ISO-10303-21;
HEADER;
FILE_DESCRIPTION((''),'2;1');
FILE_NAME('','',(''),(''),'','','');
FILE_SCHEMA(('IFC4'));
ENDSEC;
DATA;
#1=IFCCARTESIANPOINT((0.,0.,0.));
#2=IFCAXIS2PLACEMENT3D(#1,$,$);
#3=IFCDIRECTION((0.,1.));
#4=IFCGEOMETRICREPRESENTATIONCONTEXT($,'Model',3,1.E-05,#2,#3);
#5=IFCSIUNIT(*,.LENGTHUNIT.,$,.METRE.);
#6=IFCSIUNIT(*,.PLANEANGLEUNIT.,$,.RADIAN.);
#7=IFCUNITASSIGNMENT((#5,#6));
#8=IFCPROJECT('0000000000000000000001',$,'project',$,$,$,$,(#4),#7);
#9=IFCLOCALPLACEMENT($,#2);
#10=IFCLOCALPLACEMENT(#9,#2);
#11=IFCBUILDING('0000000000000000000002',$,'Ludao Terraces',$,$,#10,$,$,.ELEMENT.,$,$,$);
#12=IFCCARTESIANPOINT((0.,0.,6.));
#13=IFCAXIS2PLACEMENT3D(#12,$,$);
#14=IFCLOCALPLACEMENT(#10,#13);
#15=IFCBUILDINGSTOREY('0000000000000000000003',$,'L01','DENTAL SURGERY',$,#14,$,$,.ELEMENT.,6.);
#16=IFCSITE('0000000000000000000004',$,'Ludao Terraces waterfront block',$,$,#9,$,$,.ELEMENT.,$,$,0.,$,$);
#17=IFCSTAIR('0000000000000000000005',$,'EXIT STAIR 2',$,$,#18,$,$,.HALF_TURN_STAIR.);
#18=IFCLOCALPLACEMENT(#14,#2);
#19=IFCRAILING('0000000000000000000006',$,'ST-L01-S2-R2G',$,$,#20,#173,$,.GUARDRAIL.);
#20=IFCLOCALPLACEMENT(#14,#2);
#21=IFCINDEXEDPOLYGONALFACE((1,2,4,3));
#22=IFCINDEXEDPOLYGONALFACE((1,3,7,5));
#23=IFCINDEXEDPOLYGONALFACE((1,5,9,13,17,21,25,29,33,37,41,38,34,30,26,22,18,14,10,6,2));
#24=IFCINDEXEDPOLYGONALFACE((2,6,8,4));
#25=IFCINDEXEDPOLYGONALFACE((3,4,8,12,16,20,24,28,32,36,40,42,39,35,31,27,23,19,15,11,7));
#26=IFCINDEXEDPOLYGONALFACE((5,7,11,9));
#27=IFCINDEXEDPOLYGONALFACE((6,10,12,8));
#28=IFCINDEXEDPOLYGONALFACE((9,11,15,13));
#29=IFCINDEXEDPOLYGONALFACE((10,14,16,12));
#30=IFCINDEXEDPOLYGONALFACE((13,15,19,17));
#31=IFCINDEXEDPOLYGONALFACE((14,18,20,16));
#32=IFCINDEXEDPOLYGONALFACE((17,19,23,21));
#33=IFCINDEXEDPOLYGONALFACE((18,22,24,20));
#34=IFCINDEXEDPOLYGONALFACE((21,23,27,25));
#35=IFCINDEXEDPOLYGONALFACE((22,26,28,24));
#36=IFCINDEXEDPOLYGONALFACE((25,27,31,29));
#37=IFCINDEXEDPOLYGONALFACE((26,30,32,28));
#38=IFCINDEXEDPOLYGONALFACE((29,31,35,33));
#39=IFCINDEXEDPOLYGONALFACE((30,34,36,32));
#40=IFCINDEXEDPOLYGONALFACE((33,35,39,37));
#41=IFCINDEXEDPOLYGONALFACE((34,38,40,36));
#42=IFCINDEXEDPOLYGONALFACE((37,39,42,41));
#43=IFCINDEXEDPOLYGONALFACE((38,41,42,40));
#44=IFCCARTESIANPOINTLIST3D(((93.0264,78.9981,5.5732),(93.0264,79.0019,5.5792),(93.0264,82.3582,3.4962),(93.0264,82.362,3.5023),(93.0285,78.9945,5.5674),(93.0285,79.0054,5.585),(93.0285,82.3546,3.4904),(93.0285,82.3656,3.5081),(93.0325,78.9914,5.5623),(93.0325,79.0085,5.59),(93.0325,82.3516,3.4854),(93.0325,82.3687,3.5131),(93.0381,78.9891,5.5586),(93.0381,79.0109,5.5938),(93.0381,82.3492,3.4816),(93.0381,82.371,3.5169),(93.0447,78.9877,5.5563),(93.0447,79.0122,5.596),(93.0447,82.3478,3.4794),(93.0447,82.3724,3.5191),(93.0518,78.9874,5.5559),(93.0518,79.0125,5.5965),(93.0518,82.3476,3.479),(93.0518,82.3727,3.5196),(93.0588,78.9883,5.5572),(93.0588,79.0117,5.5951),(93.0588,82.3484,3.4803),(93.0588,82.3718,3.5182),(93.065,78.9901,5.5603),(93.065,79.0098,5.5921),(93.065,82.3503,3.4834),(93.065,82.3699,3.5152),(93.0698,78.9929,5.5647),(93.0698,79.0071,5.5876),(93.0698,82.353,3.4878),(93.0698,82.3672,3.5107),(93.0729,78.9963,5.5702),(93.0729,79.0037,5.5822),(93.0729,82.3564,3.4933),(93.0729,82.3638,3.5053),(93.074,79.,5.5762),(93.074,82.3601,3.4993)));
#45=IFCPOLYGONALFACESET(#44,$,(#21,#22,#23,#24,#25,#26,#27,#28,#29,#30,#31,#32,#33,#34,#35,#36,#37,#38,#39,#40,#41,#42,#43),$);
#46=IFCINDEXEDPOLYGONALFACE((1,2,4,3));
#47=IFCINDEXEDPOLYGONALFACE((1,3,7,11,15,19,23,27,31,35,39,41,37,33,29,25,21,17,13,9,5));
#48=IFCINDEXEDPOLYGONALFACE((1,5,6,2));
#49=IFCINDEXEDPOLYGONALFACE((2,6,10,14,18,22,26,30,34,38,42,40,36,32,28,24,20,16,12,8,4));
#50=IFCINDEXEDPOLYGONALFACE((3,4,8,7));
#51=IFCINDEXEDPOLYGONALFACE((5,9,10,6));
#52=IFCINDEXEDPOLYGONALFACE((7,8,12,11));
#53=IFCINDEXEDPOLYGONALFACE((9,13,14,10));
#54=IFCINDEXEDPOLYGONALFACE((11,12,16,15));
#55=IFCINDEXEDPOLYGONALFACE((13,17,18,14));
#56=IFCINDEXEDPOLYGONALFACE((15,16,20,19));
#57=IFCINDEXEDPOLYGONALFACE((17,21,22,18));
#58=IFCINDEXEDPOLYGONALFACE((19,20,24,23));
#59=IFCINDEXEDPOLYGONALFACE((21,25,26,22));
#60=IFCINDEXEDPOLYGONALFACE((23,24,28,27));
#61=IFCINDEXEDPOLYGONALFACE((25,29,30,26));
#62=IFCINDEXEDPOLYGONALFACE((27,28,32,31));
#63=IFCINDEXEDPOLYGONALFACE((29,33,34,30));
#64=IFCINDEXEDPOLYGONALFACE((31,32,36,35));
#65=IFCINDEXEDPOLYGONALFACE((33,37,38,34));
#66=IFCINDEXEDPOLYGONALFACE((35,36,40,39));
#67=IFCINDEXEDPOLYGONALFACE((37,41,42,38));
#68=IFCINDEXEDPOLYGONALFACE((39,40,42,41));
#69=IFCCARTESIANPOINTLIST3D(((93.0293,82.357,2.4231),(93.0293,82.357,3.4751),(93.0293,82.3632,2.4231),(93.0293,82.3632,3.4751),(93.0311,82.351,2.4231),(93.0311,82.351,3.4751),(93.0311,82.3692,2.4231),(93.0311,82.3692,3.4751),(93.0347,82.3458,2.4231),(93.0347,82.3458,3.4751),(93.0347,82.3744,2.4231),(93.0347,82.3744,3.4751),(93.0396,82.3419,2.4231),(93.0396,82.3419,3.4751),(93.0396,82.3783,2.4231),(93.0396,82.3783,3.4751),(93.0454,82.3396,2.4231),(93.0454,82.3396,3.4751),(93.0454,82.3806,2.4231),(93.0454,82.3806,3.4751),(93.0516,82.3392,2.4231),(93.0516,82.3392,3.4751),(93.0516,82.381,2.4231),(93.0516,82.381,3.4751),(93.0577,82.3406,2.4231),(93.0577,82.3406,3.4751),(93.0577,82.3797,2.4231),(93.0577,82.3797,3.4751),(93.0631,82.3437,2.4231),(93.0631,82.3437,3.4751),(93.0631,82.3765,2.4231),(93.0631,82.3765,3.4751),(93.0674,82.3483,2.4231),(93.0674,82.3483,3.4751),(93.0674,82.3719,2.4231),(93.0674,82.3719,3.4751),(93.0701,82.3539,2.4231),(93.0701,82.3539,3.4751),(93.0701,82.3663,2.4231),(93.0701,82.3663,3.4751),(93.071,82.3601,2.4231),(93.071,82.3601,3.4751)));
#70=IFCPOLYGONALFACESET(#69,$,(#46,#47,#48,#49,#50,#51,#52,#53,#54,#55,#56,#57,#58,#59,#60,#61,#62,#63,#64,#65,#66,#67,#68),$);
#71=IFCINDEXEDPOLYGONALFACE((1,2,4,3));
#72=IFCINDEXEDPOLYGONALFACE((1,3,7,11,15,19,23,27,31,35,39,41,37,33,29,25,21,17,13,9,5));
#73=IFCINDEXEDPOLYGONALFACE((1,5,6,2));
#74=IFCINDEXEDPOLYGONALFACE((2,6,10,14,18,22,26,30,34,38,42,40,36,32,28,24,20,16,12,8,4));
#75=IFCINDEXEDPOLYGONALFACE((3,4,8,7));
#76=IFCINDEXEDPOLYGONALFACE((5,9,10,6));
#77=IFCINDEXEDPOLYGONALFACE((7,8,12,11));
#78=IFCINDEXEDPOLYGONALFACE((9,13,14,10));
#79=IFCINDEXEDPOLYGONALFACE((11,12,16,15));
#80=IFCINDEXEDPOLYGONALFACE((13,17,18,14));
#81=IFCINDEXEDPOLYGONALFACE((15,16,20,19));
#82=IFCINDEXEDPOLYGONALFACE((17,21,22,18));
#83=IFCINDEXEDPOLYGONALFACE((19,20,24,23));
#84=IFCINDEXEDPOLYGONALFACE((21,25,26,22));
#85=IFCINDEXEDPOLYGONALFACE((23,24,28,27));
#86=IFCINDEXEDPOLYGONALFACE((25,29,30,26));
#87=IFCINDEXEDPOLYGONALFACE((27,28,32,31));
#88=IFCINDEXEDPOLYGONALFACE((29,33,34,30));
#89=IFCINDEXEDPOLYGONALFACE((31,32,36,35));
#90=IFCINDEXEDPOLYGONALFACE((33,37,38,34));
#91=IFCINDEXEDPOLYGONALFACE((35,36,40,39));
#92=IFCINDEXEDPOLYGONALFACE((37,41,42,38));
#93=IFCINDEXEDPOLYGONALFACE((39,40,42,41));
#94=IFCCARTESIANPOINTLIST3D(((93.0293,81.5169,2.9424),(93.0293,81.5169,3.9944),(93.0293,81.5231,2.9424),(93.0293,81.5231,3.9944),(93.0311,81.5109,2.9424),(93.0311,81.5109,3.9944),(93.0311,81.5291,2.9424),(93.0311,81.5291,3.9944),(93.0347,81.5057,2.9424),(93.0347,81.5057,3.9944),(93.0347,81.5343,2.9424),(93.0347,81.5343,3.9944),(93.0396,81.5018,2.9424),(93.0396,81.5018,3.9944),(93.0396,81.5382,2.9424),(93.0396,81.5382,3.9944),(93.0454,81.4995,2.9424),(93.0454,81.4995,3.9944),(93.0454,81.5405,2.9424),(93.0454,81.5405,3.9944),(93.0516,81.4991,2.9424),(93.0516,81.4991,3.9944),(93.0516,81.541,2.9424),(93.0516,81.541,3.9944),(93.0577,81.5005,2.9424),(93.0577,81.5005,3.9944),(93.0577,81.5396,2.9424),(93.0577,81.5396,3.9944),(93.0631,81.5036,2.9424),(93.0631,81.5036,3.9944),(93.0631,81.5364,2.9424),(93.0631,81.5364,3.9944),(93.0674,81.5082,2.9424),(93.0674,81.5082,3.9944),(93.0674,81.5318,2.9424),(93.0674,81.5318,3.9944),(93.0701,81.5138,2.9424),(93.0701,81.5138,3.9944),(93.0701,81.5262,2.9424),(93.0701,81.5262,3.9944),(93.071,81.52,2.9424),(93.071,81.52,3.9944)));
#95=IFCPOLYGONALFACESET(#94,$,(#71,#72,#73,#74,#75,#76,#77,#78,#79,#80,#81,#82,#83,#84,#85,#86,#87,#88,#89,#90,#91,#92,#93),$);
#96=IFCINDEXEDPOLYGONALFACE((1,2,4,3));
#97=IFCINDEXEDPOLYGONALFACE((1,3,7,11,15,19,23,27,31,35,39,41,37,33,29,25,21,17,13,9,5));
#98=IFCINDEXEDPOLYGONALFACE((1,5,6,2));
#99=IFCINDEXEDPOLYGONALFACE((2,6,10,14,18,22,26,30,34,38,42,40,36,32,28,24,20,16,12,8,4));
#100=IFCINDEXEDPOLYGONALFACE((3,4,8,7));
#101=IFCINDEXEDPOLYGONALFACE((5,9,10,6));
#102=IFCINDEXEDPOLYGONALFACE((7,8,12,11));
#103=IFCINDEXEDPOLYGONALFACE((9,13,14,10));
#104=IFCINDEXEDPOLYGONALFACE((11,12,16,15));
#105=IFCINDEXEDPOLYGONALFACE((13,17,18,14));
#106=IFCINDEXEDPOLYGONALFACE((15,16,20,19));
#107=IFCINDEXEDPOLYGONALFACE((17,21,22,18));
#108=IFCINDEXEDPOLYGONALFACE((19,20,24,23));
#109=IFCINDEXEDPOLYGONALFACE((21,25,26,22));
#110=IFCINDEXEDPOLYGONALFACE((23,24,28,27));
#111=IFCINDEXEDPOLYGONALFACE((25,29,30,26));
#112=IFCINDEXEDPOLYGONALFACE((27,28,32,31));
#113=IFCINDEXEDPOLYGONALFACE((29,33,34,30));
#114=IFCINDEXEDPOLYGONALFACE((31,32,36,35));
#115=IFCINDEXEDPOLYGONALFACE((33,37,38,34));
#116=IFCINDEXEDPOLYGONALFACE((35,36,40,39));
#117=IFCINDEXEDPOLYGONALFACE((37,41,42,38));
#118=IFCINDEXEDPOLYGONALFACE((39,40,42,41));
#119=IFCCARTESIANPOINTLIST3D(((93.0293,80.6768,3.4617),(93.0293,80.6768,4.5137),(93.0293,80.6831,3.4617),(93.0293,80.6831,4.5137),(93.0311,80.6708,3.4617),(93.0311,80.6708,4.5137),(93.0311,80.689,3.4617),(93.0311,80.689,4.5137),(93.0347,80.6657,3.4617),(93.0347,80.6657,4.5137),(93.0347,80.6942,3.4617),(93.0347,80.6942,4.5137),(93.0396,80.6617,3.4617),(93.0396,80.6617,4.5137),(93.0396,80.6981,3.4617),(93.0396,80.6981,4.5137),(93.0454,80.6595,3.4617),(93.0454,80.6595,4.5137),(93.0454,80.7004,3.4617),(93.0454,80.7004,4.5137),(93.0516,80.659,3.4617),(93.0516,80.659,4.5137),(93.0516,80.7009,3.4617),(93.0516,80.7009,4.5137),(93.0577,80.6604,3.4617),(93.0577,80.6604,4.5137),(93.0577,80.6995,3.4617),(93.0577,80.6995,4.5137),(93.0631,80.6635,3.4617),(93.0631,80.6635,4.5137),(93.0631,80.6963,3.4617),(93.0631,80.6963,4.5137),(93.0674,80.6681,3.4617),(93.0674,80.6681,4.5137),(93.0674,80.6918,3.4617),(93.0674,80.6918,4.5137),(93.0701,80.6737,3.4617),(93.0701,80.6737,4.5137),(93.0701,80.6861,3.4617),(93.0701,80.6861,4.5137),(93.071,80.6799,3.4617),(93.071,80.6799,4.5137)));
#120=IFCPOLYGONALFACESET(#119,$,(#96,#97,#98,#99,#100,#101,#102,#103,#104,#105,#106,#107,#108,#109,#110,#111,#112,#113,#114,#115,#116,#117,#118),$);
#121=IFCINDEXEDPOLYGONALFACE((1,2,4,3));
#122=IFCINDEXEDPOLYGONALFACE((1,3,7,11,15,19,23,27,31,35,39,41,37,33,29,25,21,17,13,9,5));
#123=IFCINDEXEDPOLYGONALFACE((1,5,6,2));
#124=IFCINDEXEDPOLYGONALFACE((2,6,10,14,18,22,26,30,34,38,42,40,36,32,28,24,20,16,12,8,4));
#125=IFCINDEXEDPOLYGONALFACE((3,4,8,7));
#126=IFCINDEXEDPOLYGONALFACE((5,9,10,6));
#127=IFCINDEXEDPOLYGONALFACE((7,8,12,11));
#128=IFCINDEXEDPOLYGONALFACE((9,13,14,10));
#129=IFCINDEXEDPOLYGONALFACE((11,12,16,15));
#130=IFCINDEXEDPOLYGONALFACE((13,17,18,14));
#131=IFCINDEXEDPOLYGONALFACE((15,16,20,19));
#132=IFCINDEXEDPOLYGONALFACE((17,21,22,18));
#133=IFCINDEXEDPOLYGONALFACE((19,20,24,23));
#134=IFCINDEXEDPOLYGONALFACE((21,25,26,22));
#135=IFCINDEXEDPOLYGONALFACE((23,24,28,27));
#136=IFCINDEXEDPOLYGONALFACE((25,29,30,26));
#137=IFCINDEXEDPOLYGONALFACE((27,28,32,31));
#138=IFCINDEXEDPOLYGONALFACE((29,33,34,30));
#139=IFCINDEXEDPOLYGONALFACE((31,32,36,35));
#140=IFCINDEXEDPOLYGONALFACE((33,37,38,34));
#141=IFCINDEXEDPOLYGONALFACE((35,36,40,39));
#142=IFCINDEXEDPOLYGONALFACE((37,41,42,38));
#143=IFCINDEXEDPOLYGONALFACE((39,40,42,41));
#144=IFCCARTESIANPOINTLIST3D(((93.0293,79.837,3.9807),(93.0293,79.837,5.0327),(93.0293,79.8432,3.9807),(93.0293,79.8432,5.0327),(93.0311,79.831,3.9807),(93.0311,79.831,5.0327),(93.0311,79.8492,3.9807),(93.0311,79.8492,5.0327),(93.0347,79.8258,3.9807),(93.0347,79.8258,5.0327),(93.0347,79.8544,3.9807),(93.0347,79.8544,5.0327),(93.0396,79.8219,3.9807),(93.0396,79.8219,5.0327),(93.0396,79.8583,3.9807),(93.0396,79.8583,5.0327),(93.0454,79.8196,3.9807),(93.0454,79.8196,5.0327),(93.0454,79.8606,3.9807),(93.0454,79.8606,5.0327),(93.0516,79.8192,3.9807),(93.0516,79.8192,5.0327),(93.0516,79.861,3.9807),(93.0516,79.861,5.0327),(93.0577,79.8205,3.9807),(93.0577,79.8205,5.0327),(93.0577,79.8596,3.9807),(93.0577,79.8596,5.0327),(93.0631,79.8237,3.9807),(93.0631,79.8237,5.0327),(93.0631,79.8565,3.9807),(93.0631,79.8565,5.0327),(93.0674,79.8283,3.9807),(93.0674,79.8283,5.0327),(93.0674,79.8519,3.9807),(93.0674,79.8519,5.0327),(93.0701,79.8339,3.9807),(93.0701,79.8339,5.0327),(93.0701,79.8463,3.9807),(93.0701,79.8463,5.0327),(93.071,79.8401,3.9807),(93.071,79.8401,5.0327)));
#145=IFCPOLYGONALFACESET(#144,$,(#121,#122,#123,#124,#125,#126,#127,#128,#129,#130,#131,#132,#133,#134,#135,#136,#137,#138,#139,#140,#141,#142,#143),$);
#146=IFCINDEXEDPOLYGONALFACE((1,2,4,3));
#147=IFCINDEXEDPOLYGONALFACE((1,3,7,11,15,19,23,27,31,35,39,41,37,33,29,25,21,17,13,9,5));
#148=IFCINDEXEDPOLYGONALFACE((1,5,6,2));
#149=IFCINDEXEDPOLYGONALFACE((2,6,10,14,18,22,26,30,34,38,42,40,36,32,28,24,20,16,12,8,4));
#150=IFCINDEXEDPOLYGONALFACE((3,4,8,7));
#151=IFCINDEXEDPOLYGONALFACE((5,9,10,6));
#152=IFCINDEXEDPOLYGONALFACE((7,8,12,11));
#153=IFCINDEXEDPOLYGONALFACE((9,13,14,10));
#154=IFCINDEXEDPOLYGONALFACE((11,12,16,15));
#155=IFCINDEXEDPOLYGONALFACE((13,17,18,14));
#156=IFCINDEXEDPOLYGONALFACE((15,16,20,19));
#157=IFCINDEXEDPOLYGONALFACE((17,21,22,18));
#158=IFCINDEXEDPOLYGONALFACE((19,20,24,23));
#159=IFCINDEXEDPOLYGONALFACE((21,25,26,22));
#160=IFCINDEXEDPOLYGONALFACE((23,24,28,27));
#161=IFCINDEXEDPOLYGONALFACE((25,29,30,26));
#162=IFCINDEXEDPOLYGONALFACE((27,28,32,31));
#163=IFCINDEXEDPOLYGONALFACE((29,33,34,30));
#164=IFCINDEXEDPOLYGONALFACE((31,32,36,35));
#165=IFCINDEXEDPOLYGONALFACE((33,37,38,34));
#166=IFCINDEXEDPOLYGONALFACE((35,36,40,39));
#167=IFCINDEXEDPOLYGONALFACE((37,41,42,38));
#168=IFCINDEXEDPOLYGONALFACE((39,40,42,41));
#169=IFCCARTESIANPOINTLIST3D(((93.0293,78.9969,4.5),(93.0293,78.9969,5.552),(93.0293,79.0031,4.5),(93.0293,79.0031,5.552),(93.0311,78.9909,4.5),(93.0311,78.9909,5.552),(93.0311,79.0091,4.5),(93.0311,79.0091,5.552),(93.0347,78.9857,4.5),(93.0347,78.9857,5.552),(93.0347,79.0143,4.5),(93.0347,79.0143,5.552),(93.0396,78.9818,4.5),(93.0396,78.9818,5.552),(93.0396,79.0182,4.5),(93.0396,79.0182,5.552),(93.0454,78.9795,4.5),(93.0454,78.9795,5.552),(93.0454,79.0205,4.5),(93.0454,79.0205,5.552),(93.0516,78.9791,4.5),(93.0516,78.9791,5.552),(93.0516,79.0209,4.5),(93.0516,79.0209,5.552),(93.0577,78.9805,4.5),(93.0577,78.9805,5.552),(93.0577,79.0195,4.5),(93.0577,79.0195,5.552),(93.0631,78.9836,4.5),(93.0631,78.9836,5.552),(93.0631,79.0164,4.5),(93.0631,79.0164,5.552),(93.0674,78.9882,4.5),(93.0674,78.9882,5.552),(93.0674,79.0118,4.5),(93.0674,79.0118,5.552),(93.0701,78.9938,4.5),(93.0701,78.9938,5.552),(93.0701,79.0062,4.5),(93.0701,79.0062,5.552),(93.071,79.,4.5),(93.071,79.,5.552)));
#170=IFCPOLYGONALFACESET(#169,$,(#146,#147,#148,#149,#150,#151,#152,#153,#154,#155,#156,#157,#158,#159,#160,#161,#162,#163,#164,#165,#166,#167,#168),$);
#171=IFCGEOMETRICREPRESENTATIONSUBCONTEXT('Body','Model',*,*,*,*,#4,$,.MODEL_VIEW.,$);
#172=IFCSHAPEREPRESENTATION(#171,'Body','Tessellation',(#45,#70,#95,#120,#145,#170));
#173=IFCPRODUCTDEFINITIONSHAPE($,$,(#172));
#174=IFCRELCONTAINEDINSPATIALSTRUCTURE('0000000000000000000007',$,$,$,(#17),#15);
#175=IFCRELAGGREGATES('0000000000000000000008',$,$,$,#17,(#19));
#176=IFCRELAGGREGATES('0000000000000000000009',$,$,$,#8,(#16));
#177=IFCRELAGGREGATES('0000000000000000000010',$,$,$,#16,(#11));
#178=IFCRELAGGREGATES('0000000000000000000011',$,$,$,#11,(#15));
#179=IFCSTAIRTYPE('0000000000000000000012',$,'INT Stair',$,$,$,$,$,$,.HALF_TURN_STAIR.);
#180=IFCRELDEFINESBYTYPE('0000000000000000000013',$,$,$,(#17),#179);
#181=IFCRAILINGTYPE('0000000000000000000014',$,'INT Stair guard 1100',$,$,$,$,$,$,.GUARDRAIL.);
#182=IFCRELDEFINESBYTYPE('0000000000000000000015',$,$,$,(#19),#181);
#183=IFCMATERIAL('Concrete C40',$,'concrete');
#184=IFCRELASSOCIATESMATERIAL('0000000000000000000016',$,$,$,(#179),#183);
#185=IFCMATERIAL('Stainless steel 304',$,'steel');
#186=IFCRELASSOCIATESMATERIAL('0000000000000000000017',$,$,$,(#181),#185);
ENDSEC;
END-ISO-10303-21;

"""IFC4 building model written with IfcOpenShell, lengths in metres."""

from ifc_helpers import new_model, si_unit, direction, frame, origin, origin_2d, place, context, subcontext, project, spatial, circle, extrude, material, type_object, element, aggregate, save


model = new_model("IFC4")

# Units and contexts
model_context = context("Model", 3, precision=1e-05, world=origin(), true_north=direction((0.0, 1.0)))
body_context = subcontext(model_context, "Body", "Model", "MODEL_VIEW")
ifc_project = project(units=[si_unit("LENGTHUNIT", "METRE"), si_unit("PLANEANGLEUNIT", "RADIAN")], contexts=[model_context])

# Site, building, storey
site_placement = place(None, origin())
site = spatial("IfcSite", under=ifc_project, at=site_placement, Name="Ludao Terraces waterfront block", CompositionType="ELEMENT", RefElevation=0.0)
building_placement = place(site_placement, origin())
building = spatial("IfcBuilding", under=site, at=building_placement, Name="Ludao Terraces", CompositionType="ELEMENT")
storey_placement = place(building_placement, frame((0.0, 0.0, 6.0)))
storey = spatial("IfcBuildingStorey", under=building, at=storey_placement, Name="L01", Description="DENTAL SURGERY", CompositionType="ELEMENT", Elevation=6.0)

# Shared definitions
ifc_material_1 = material(Name="Concrete C40", Category="concrete")

# Stair, railing
stair_type = type_object("IfcStairType", Name="INT Stair", PredefinedType="HALF_TURN_STAIR", material=ifc_material_1)
stair_placement = place(storey_placement, origin())
stair = element("IfcStair", 1, at=stair_placement, inside=storey, type_object=stair_type, Name="EXIT STAIR 2", PredefinedType="HALF_TURN_STAIR")
ifc_material_2 = material(Name="Stainless steel 304", Category="steel")
railing_type_1 = type_object("IfcRailingType", Name="INT Stair guard 1100", PredefinedType="GUARDRAIL", material=ifc_material_2)
railing_1_placement = place(storey_placement, frame((93.05, 82.3601, 2.4231)))
railing_1 = element("IfcRailing", 2, at=railing_1_placement, type_object=railing_type_1, Name="ST-L01-S2-R2G", PredefinedType="GUARDRAIL", context=body_context, shape_type="SweptSolid", body=[
    extrude(circle(Radius=0.0239, at=origin_2d()), frame((0.0, 0.0, 1.0762), z_axis=(0.0, -0.850623, 0.525776), x_axis=(1.0, 0.0, 0.0)), (0.0, 0.0, 1.0), 3.9502),
    extrude(circle(Radius=0.021, at=origin_2d()), origin(), (0.0, 0.0, 1.0), 1.052),
    extrude(circle(Radius=0.021, at=origin_2d()), frame((0.0, -0.8401, 0.5193)), (0.0, 0.0, 1.0), 1.052),
    extrude(circle(Radius=0.021, at=origin_2d()), frame((0.0, -1.6802, 1.0386)), (0.0, 0.0, 1.0), 1.052),
    extrude(circle(Radius=0.021, at=origin_2d()), frame((0.0, -2.52, 1.5576)), (0.0, 0.0, 1.0), 1.052),
    extrude(circle(Radius=0.021, at=origin_2d()), frame((0.0, -3.3601, 2.0769)), (0.0, 0.0, 1.0), 1.052),
])
aggregate(stair, [railing_1])

save(model, "model.ifc")
